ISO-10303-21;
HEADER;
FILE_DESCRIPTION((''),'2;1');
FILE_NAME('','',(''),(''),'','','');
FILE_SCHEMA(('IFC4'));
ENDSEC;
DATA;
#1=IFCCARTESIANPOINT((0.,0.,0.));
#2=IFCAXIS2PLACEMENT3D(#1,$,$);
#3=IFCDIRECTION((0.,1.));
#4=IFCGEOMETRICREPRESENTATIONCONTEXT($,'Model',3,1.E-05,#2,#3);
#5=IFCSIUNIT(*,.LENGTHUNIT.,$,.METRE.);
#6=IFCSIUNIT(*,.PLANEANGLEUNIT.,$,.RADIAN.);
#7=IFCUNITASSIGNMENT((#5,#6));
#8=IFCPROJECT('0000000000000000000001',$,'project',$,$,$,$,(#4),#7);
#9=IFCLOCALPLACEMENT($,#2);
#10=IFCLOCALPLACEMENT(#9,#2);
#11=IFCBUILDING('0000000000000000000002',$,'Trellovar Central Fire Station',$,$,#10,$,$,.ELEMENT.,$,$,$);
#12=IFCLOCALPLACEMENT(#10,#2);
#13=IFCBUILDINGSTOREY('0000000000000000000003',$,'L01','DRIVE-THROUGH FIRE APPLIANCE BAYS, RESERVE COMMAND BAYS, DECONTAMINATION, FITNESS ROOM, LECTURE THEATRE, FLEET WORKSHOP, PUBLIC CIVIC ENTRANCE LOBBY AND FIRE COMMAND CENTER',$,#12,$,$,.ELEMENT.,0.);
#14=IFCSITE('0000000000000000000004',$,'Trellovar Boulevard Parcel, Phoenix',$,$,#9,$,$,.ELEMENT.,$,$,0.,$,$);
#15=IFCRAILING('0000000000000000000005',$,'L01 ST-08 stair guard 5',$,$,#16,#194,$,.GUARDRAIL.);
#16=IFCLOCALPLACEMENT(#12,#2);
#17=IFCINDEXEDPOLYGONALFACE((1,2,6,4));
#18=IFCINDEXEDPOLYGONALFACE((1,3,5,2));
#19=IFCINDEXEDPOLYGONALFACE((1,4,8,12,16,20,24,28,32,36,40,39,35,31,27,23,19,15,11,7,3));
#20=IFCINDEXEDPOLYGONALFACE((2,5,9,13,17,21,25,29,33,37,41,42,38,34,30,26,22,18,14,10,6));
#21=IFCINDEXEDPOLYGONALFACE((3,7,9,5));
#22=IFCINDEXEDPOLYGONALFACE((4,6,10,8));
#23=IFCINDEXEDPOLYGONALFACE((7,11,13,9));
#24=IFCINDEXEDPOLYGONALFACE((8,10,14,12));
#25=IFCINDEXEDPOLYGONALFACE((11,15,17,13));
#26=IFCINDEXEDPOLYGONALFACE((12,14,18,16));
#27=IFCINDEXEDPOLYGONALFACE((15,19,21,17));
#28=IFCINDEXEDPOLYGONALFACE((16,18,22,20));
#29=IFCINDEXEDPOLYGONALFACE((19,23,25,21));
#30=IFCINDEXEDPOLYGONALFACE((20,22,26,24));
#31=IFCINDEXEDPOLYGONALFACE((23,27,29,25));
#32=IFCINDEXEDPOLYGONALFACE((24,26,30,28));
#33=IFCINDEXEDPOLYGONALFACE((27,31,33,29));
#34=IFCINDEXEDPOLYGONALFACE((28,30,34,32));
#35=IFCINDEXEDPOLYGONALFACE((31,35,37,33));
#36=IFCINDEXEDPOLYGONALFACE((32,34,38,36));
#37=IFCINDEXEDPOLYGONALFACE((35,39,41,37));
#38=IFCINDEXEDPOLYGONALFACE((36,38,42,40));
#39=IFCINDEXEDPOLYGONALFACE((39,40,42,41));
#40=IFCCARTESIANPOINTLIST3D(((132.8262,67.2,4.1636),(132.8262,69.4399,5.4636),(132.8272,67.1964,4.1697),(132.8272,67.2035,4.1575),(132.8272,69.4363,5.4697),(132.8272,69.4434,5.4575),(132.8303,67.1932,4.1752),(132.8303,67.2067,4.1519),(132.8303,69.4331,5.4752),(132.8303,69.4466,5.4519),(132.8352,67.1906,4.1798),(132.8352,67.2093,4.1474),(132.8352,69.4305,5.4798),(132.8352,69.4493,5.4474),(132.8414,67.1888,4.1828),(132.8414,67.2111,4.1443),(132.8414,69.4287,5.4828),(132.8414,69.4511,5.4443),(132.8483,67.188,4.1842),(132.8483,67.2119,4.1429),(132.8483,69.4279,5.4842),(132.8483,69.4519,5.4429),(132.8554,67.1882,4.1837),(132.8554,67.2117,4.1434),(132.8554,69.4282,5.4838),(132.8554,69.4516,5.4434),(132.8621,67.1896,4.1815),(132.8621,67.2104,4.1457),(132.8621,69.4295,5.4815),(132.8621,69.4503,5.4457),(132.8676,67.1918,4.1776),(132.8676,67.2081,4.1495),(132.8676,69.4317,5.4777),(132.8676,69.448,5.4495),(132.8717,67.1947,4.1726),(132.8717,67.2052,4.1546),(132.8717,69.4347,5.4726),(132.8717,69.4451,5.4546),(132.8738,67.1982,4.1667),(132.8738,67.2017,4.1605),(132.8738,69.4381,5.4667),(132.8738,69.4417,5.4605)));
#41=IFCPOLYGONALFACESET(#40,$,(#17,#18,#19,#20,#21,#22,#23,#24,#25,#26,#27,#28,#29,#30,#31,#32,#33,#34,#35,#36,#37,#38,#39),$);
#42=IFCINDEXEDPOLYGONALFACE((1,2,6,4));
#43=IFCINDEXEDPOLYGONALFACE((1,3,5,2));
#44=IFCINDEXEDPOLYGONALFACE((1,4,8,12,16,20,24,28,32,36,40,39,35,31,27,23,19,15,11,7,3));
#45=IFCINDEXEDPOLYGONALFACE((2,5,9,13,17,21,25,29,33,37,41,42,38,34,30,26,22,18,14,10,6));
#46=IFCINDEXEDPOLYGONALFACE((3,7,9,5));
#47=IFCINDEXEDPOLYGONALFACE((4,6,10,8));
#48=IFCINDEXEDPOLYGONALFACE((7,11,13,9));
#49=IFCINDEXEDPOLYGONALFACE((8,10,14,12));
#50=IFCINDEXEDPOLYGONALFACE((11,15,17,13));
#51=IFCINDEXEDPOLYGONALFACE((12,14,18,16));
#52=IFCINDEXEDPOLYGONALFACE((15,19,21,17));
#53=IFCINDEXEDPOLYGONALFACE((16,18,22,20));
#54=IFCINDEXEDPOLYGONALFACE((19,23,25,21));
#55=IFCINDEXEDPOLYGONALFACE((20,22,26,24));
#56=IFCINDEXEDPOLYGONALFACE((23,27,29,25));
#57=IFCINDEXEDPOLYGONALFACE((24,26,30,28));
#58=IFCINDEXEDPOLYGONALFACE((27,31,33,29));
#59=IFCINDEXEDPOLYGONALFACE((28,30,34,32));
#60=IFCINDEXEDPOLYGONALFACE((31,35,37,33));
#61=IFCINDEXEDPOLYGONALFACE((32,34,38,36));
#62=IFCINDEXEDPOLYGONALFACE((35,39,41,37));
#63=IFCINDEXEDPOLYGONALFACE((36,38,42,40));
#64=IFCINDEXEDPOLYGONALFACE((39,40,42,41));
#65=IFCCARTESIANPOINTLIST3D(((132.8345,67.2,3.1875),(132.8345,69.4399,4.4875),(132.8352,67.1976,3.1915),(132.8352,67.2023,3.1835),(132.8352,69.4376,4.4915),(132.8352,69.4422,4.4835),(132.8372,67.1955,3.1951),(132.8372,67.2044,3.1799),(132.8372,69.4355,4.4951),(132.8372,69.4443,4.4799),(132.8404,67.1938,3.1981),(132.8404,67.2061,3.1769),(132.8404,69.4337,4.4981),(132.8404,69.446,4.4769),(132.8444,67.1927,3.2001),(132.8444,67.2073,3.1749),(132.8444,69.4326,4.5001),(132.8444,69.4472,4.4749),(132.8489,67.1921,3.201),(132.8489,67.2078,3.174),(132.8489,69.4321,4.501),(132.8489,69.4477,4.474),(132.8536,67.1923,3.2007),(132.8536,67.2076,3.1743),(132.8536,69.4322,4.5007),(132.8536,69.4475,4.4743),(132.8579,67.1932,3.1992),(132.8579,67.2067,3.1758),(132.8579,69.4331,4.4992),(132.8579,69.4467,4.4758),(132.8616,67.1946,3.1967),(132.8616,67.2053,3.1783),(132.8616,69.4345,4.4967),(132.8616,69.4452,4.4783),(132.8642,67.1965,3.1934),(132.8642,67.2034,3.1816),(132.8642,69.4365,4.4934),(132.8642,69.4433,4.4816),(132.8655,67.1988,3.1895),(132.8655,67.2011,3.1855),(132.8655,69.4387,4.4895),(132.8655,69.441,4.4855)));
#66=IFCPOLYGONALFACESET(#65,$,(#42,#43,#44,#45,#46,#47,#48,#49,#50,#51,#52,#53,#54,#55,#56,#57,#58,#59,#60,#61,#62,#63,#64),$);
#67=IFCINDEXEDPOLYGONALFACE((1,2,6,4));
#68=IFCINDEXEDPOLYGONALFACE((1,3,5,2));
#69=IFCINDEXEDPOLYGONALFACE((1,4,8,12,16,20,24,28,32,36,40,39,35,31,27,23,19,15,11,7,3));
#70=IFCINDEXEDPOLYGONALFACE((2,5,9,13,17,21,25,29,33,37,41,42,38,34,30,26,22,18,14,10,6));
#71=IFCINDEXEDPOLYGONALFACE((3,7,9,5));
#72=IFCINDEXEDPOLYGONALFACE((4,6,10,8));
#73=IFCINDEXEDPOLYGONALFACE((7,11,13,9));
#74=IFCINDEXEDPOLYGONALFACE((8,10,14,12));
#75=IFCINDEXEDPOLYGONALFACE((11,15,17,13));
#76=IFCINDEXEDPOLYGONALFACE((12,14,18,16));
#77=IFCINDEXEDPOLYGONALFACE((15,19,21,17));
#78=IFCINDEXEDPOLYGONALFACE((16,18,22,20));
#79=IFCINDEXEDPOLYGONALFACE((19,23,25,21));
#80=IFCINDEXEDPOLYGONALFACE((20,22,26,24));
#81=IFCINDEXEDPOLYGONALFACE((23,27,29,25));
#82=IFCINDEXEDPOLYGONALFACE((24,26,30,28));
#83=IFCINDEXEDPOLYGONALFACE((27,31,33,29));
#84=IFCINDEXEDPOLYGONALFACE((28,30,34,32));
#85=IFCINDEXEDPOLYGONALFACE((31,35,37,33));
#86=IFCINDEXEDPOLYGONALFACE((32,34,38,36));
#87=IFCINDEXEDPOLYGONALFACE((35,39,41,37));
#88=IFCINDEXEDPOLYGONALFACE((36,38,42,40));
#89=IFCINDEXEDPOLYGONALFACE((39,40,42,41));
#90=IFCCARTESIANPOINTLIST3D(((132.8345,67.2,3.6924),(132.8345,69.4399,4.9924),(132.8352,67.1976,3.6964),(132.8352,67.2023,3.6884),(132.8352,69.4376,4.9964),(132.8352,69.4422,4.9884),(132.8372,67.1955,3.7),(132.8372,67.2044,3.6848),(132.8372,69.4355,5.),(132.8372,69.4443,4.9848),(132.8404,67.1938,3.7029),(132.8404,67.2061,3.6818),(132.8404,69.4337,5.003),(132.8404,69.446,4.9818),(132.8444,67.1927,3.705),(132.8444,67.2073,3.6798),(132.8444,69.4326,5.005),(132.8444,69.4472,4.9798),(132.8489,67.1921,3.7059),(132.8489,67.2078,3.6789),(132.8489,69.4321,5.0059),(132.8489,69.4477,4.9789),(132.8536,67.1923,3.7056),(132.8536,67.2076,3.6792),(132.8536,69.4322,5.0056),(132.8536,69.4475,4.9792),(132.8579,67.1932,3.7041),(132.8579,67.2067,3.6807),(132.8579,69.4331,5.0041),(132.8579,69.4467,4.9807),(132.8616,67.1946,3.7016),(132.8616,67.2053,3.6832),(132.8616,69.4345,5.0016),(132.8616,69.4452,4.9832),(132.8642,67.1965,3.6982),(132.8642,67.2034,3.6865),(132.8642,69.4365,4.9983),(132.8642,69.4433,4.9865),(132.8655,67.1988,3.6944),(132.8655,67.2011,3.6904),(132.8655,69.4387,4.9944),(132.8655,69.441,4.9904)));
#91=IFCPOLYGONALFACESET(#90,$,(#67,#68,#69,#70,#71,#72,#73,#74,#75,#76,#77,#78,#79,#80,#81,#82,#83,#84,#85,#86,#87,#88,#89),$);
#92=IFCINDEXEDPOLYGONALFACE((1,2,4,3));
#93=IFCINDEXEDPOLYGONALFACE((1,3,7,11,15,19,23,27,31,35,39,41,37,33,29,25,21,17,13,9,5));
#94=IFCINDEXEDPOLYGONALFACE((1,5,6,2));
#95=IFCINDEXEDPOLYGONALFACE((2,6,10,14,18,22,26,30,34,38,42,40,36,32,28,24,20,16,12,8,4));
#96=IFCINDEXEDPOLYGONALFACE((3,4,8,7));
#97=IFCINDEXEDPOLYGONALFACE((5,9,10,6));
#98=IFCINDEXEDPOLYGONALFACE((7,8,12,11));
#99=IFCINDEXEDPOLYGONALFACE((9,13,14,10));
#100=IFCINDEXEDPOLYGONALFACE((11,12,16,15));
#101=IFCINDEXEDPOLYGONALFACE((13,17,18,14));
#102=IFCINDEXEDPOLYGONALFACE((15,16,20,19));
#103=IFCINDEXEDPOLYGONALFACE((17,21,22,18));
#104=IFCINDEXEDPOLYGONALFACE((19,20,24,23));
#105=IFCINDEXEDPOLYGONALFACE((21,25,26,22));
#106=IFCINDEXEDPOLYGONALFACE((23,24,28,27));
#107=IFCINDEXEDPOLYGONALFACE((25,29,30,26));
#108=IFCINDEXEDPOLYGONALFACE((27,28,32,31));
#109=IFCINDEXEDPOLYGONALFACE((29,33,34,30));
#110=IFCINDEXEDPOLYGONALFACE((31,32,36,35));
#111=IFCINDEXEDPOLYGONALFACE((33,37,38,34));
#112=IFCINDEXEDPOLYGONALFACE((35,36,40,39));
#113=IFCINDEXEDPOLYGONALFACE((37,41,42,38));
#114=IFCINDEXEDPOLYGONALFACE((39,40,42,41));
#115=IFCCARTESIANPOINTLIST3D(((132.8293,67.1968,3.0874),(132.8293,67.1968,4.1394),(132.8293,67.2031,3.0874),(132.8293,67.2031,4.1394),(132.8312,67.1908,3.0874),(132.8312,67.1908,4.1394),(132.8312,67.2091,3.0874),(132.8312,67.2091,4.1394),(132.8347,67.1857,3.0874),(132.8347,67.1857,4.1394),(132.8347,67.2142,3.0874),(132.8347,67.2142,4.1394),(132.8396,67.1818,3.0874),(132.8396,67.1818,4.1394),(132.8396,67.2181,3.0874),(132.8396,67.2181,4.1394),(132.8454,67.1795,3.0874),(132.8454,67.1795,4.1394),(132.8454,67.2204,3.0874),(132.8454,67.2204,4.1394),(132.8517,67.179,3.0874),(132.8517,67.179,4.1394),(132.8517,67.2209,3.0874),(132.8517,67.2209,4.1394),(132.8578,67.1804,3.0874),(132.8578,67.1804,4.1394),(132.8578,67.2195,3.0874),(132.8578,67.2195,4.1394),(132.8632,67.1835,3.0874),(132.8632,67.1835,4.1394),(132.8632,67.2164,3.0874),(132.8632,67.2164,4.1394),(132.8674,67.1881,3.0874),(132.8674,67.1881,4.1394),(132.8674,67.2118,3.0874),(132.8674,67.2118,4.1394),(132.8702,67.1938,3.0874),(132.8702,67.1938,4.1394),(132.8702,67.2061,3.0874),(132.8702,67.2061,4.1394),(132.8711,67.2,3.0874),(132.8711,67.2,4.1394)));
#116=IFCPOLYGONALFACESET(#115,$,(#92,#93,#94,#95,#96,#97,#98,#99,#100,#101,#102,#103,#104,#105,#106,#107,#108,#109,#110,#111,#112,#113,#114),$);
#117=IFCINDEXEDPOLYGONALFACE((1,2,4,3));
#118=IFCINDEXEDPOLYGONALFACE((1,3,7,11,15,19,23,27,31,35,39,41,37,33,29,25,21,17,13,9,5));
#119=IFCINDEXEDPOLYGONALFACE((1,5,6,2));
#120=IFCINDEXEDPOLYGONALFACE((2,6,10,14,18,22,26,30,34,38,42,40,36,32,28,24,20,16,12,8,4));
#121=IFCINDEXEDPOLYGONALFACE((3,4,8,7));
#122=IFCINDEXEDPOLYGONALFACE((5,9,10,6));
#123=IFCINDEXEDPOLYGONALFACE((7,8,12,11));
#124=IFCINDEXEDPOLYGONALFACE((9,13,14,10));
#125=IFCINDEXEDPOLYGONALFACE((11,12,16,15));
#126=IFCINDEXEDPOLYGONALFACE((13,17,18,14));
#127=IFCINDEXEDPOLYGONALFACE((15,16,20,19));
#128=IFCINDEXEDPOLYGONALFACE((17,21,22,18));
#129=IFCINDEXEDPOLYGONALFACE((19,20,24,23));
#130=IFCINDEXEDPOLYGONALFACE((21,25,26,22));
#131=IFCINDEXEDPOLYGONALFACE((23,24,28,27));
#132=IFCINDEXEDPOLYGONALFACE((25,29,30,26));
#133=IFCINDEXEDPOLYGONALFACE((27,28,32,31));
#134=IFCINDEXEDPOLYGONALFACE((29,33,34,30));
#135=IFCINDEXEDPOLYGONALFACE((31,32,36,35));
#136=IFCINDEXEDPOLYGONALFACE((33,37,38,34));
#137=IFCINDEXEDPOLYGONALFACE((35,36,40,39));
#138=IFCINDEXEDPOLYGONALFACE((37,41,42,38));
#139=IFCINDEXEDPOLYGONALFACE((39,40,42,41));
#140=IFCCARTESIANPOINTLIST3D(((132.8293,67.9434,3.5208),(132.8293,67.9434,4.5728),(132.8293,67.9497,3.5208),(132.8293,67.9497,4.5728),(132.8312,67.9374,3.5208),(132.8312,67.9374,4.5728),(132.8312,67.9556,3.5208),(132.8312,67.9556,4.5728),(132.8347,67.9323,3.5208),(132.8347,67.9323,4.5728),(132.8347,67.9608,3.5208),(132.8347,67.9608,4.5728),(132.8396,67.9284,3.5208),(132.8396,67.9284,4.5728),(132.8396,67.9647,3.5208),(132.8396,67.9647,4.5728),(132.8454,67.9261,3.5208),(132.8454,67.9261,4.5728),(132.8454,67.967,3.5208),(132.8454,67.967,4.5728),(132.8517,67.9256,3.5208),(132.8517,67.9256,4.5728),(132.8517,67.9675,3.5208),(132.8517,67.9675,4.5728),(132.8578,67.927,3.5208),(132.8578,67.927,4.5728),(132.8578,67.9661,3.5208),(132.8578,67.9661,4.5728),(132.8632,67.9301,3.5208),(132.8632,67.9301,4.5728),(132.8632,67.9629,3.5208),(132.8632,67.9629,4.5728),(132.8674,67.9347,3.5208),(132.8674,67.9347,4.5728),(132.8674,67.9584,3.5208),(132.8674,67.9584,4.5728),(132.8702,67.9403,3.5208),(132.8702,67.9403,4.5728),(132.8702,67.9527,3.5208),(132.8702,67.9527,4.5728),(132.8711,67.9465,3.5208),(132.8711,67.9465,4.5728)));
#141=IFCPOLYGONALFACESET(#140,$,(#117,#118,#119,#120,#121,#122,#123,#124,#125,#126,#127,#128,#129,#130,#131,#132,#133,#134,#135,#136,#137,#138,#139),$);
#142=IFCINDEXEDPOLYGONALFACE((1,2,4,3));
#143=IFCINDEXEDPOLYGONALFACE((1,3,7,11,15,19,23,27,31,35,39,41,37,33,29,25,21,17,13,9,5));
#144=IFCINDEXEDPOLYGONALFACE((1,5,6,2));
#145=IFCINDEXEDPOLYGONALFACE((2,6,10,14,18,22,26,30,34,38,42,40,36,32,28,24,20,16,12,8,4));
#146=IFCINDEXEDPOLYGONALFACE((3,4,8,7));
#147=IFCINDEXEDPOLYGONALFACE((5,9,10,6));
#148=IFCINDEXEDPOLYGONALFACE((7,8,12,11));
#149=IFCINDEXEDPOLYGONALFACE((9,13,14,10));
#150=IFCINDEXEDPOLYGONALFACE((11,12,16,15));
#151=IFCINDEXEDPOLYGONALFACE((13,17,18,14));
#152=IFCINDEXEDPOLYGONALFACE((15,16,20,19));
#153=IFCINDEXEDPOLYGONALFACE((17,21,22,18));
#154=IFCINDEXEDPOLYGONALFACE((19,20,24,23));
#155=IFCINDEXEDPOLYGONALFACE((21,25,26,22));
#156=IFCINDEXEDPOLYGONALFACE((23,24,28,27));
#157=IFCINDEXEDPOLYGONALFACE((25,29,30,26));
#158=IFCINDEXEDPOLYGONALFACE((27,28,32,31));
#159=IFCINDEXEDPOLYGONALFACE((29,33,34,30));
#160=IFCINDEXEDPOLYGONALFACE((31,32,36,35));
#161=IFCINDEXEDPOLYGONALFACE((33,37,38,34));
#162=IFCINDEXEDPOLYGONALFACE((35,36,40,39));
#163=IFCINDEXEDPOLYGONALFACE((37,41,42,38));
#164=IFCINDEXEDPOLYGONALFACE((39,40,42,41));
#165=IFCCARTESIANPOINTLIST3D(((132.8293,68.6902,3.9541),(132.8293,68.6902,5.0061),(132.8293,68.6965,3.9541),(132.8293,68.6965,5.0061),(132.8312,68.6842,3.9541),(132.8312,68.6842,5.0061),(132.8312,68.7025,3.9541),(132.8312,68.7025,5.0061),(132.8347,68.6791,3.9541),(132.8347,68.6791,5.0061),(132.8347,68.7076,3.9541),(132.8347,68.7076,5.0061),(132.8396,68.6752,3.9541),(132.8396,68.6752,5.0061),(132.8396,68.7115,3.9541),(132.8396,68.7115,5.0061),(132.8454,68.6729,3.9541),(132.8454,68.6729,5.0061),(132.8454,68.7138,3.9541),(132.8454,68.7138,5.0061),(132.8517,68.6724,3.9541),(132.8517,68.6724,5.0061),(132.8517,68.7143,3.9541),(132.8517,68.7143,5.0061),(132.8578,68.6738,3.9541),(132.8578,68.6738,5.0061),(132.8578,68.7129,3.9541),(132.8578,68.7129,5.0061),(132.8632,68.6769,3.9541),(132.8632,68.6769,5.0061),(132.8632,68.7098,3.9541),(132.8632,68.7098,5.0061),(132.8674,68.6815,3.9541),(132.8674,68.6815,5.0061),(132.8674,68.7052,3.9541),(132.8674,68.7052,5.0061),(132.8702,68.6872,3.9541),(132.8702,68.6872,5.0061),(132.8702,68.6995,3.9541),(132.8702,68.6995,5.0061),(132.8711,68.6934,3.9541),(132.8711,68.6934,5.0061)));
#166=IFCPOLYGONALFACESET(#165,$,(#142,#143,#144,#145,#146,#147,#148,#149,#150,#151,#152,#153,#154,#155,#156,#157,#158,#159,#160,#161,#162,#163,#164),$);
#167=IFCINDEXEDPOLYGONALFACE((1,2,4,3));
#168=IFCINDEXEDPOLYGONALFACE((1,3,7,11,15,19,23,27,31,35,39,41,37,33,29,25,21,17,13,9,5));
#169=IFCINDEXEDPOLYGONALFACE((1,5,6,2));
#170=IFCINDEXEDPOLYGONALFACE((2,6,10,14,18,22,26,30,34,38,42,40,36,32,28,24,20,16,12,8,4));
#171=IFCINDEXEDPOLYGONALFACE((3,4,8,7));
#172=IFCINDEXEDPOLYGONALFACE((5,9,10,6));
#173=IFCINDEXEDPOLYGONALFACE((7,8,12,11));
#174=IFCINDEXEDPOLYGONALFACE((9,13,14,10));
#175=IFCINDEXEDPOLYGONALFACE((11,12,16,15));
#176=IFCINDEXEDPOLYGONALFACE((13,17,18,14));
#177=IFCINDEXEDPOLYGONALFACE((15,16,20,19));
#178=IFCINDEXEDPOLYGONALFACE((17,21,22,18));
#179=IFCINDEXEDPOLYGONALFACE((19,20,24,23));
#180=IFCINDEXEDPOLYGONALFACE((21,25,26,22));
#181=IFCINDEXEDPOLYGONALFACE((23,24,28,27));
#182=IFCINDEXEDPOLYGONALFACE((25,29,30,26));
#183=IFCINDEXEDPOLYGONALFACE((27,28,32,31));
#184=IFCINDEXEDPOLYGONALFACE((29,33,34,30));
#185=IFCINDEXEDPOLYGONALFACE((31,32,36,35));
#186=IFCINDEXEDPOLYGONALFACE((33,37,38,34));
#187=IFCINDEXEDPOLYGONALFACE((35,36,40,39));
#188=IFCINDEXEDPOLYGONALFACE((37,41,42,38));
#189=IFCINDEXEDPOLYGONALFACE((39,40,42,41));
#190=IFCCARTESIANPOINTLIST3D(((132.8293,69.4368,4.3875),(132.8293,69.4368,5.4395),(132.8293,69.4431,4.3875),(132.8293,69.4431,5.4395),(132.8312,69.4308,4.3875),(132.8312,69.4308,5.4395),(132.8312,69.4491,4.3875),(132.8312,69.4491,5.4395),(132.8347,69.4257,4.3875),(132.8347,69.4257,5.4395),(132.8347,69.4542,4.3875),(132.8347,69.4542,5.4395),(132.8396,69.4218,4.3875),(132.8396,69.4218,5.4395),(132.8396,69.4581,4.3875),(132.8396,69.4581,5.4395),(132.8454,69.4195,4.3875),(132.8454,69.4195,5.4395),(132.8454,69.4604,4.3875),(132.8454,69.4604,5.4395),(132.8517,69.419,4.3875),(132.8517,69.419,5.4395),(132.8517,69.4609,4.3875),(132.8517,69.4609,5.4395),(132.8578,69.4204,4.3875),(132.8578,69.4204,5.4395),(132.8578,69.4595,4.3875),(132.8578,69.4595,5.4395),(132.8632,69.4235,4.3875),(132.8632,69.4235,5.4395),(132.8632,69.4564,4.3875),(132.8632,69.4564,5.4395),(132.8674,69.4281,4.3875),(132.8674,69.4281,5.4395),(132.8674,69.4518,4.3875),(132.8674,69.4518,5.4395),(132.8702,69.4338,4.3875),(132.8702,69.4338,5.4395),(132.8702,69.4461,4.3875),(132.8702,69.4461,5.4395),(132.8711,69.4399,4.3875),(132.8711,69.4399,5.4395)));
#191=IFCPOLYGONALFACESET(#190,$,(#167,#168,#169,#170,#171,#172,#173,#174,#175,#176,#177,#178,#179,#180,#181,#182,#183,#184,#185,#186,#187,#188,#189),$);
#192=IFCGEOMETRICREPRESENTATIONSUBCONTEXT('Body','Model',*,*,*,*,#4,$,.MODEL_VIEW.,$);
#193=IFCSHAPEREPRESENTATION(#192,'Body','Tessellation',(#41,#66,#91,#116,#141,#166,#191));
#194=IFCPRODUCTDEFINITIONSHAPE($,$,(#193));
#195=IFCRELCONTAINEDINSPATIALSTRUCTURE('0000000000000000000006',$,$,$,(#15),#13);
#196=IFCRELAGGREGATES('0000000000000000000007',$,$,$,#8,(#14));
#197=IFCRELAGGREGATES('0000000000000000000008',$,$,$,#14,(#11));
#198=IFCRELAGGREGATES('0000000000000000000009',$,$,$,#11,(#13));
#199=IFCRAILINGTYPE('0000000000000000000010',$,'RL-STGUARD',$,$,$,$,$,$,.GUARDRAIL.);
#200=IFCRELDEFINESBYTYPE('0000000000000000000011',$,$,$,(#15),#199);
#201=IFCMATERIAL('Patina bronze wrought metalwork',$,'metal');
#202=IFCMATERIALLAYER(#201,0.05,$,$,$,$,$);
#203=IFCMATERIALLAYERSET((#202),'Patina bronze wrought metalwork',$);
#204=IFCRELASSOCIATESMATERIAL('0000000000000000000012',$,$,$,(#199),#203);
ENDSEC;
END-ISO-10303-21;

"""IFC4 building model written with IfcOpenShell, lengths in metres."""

from ifc_helpers import new_model, si_unit, direction, frame, origin, origin_2d, place, context, subcontext, project, spatial, circle, extrude, material, layer, layer_set, type_object, element, save


model = new_model("IFC4")

# Units and contexts
model_context = context("Model", 3, precision=1e-05, world=origin(), true_north=direction((0.0, 1.0)))
body_context = subcontext(model_context, "Body", "Model", "MODEL_VIEW")
ifc_project = project(units=[si_unit("LENGTHUNIT", "METRE"), si_unit("PLANEANGLEUNIT", "RADIAN")], contexts=[model_context])

# Site, building, storey
site_placement = place(None, origin())
site = spatial("IfcSite", under=ifc_project, at=site_placement, Name="Trellovar Boulevard Parcel, Phoenix", CompositionType="ELEMENT", RefElevation=0.0)
building_placement = place(site_placement, origin())
building = spatial("IfcBuilding", under=site, at=building_placement, Name="Trellovar Central Fire Station", CompositionType="ELEMENT")
storey_placement = place(building_placement, origin())
storey = spatial("IfcBuildingStorey", under=building, at=storey_placement, Name="L01", Description="DRIVE-THROUGH FIRE APPLIANCE BAYS, RESERVE COMMAND BAYS, DECONTAMINATION, FITNESS ROOM, LECTURE THEATRE, FLEET WORKSHOP, PUBLIC CIVIC ENTRANCE LOBBY AND FIRE COMMAND CENTER", CompositionType="ELEMENT", Elevation=0.0)

# Railing
ifc_material_1 = material(Name="Patina bronze wrought metalwork", Category="metal")
ifc_layer_1 = layer(ifc_material_1, 0.05)
ifc_layer_set_1 = layer_set([ifc_layer_1], Name="Patina bronze wrought metalwork")
railing_type_1 = type_object("IfcRailingType", Name="RL-STGUARD", PredefinedType="GUARDRAIL", material=ifc_layer_set_1)
railing_1_placement = place(storey_placement, frame((132.8501, 67.2, 3.0874)))
element("IfcRailing", 1, at=railing_1_placement, inside=storey, type_object=railing_type_1, Name="L01 ST-08 stair guard 5", PredefinedType="GUARDRAIL", context=body_context, shape_type="SweptSolid", body=[
    extrude(circle(Radius=0.0239, at=origin_2d()), frame((0.0, 0.0, 1.0762), z_axis=(0.0, 0.864888, 0.501965), x_axis=(-1.0, 0.0, 0.0)), (0.0, 0.0, 1.0), 2.5898),
    extrude(circle(Radius=0.0156, at=origin_2d()), frame((0.0, 0.0, 0.1001), z_axis=(0.0, 0.864888, 0.501965), x_axis=(-1.0, 0.0, 0.0)), (0.0, 0.0, 1.0), 2.5898),
    extrude(circle(Radius=0.0156, at=origin_2d()), frame((0.0, 0.0, 0.605), z_axis=(0.0, 0.864888, 0.501965), x_axis=(-1.0, 0.0, 0.0)), (0.0, 0.0, 1.0), 2.5898),
    extrude(circle(Radius=0.021, at=origin_2d()), origin(), (0.0, 0.0, 1.0), 1.052),
    extrude(circle(Radius=0.021, at=origin_2d()), frame((0.0, 0.7466, 0.4333)), (0.0, 0.0, 1.0), 1.052),
    extrude(circle(Radius=0.021, at=origin_2d()), frame((0.0, 1.4934, 0.8667)), (0.0, 0.0, 1.0), 1.052),
    extrude(circle(Radius=0.021, at=origin_2d()), frame((0.0, 2.24, 1.3)), (0.0, 0.0, 1.0), 1.052),
])

save(model, "model.ifc")
